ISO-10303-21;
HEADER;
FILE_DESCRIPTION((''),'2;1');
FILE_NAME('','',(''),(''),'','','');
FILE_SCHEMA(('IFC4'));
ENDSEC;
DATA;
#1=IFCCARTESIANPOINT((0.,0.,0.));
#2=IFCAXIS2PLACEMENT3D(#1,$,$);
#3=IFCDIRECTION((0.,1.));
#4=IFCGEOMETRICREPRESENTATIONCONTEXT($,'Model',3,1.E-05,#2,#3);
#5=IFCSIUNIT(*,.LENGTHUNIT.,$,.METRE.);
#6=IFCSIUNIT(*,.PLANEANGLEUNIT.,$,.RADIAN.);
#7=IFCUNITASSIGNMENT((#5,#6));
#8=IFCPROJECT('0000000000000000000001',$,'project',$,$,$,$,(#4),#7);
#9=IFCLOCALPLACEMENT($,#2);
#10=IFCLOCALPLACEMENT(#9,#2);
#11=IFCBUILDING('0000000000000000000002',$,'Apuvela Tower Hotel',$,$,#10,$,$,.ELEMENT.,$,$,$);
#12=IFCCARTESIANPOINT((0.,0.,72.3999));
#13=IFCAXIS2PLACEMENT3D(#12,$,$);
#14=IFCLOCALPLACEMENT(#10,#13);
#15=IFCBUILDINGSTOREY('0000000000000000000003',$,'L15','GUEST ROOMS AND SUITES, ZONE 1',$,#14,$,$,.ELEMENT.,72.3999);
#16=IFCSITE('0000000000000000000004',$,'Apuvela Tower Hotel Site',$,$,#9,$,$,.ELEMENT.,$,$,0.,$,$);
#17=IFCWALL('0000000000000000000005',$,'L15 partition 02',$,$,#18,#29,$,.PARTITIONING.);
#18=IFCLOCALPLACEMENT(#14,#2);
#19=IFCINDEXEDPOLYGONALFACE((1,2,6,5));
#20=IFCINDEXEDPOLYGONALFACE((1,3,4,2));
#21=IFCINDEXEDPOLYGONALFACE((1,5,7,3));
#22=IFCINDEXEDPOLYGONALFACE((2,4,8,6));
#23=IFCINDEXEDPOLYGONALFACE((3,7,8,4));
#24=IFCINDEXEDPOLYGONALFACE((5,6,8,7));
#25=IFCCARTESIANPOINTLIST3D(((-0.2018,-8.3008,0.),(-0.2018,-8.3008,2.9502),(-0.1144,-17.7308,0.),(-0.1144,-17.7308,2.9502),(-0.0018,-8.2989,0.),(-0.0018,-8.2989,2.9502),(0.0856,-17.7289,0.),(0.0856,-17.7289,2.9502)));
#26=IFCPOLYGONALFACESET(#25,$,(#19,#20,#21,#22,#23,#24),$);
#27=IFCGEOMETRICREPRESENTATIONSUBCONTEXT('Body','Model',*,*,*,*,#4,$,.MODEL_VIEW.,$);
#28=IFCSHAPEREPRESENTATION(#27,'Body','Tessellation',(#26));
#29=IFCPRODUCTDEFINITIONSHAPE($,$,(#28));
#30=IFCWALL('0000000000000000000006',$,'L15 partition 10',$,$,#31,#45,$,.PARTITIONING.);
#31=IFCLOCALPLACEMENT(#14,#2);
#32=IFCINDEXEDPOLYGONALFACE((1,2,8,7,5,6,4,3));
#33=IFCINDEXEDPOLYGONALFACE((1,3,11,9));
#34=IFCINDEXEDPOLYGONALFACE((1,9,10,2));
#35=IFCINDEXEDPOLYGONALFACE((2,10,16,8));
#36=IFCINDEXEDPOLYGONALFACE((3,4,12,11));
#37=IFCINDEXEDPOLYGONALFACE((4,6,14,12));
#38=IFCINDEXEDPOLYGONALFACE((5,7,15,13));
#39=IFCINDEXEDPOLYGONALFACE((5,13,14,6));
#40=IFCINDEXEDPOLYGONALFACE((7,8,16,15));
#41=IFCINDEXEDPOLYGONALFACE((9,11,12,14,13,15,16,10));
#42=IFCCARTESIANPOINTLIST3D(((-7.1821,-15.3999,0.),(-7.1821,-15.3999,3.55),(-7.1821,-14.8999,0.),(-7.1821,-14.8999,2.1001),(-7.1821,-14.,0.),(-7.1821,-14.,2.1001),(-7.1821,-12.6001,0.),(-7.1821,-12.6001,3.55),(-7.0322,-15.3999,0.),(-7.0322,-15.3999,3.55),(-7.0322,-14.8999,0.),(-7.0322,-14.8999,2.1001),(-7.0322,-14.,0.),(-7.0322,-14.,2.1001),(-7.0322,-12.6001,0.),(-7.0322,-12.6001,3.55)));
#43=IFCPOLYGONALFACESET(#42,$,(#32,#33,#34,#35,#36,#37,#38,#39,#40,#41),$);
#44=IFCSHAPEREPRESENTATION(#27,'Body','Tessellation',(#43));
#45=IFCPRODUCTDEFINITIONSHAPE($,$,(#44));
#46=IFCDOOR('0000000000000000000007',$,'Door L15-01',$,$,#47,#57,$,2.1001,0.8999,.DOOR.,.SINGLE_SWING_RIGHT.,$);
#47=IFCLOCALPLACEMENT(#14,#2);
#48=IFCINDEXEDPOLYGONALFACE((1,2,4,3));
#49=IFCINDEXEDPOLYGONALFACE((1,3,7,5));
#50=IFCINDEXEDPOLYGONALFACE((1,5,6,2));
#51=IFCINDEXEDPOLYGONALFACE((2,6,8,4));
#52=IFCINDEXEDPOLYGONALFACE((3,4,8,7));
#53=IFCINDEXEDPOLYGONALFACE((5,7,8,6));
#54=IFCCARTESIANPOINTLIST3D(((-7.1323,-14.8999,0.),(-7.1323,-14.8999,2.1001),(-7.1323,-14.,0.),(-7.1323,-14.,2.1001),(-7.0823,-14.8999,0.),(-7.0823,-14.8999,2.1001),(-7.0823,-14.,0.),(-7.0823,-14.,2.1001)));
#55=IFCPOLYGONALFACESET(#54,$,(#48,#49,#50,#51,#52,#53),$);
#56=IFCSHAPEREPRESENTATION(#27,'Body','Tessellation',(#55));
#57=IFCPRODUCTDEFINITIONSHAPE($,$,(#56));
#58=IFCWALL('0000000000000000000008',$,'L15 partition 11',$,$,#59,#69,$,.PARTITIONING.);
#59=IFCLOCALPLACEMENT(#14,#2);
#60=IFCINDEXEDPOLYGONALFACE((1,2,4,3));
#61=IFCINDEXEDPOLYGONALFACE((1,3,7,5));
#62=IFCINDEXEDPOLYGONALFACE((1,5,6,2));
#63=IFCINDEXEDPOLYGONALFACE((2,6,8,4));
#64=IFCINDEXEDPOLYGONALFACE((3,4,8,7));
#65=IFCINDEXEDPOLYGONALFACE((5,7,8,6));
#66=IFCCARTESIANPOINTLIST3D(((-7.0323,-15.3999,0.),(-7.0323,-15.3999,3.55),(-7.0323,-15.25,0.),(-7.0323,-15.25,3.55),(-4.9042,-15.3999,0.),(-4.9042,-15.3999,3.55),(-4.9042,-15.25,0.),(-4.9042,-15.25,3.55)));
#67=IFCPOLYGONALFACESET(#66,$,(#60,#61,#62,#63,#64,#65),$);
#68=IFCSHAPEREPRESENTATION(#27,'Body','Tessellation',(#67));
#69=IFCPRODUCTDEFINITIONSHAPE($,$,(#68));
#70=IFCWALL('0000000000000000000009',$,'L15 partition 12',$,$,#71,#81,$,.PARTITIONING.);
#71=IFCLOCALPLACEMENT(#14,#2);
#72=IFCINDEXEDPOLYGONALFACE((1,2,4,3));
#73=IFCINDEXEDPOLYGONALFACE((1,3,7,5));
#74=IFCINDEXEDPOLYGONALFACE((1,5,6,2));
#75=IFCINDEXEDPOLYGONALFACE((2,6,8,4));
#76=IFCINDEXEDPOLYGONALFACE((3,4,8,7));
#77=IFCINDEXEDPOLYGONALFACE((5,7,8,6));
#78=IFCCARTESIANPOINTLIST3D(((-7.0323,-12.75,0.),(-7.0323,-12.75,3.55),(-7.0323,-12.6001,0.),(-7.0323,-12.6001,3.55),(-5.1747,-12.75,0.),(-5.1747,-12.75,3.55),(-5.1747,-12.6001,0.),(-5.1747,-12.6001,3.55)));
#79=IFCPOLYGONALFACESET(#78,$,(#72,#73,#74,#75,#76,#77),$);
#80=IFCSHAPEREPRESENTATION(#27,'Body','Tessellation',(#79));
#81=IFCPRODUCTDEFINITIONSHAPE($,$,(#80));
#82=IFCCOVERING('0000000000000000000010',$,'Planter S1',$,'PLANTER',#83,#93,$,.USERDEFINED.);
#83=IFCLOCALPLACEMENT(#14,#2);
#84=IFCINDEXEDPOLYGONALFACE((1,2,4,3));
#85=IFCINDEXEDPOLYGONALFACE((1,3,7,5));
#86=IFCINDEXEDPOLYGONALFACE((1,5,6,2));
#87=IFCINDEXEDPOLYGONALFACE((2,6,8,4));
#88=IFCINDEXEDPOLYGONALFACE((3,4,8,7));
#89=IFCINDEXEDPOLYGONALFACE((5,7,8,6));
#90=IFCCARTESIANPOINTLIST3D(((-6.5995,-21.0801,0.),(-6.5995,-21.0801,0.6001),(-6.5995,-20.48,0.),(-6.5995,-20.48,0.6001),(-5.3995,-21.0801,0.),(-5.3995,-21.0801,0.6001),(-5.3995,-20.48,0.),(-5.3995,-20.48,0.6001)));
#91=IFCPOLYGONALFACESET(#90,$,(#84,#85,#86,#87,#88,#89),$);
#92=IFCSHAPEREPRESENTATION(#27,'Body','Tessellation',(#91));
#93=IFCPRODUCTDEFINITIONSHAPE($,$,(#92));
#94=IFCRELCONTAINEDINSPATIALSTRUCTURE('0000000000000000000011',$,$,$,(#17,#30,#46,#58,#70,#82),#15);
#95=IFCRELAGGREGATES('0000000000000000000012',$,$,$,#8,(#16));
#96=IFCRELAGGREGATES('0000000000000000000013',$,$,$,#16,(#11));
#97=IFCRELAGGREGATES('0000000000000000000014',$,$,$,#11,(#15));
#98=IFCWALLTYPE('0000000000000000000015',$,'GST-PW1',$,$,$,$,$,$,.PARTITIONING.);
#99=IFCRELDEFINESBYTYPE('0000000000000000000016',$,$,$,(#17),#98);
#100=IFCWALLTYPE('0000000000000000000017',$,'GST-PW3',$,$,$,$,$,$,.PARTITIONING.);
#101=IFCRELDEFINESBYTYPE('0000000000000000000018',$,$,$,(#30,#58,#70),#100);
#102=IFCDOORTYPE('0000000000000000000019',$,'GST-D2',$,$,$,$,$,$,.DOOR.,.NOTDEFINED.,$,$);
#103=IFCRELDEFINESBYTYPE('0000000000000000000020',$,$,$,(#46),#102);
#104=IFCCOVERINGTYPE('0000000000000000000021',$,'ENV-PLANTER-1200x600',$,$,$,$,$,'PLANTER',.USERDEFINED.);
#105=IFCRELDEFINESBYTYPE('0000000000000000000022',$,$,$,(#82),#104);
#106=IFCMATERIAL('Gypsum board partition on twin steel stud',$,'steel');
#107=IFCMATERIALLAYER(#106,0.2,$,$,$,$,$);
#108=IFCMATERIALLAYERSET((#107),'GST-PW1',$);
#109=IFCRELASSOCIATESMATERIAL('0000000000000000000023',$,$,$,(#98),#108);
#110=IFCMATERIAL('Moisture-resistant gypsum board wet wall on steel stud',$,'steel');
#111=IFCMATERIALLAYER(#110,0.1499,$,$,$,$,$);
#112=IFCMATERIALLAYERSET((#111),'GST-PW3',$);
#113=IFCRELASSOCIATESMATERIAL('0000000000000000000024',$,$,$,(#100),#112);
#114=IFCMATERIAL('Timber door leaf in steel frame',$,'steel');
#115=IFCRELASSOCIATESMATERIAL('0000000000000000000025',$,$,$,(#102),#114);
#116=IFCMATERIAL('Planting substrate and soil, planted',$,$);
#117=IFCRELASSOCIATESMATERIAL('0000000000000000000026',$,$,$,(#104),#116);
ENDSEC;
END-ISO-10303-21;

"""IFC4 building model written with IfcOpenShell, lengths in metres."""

from ifc_helpers import new_model, si_unit, direction, frame, frame_2d, origin, origin_2d, place, context, subcontext, project, spatial, rectangle, extrude, material, layer, layer_set, type_object, element, fill, save


model = new_model("IFC4")

# Units and contexts
model_context = context("Model", 3, precision=1e-05, world=origin(), true_north=direction((0.0, 1.0)))
body_context = subcontext(model_context, "Body", "Model", "MODEL_VIEW")
ifc_project = project(units=[si_unit("LENGTHUNIT", "METRE"), si_unit("PLANEANGLEUNIT", "RADIAN")], contexts=[model_context])

# Site, building, storey
site_placement = place(None, origin())
site = spatial("IfcSite", under=ifc_project, at=site_placement, Name="Apuvela Tower Hotel Site", CompositionType="ELEMENT", RefElevation=0.0)
building_placement = place(site_placement, origin())
building = spatial("IfcBuilding", under=site, at=building_placement, Name="Apuvela Tower Hotel", CompositionType="ELEMENT")
storey_placement = place(building_placement, frame((0.0, 0.0, 72.3999)))
storey = spatial("IfcBuildingStorey", under=building, at=storey_placement, Name="L15", Description="GUEST ROOMS AND SUITES, ZONE 1", CompositionType="ELEMENT", Elevation=72.3999)

# Wall
ifc_material_1 = material(Name="Gypsum board partition on twin steel stud", Category="steel")
ifc_layer_1 = layer(ifc_material_1, 0.2)
ifc_layer_set_1 = layer_set([ifc_layer_1], Name="GST-PW1")
wall_type_1 = type_object("IfcWallType", Name="GST-PW1", PredefinedType="PARTITIONING", material=ifc_layer_set_1)
wall_1_placement = place(storey_placement, frame((-0.0144, -17.73, 0.0), z_axis=(0.0, 0.0, 1.0), x_axis=(-0.009268, 0.999957, 0.0)))
element("IfcWall", 1, at=wall_1_placement, inside=storey, type_object=wall_type_1, Name="L15 partition 02", PredefinedType="PARTITIONING", context=body_context, shape_type="SweptSolid", body=[
    extrude(rectangle(XDim=9.4304, YDim=0.2, at=frame_2d((4.7153, 0.0))), origin(), (0.0, 0.0, 1.0), 2.9502),
])

# Wall, opening, door
ifc_material_2 = material(Name="Moisture-resistant gypsum board wet wall on steel stud", Category="steel")
ifc_layer_2 = layer(ifc_material_2, 0.1499)
ifc_layer_set_2 = layer_set([ifc_layer_2], Name="GST-PW3")
wall_type_2 = type_object("IfcWallType", Name="GST-PW3", PredefinedType="PARTITIONING", material=ifc_layer_set_2)
wall_2_placement = place(storey_placement, frame((-7.1072, -12.6001, 0.0), z_axis=(0.0, 0.0, 1.0), x_axis=(0.0, -1.0, 0.0)))
wall_2 = element("IfcWall", 2, at=wall_2_placement, inside=storey, type_object=wall_type_2, Name="L15 partition 10", PredefinedType="PARTITIONING", context=body_context, shape_type="SweptSolid", body=[
    extrude(rectangle(XDim=2.7998, YDim=0.1499, at=frame_2d((1.3999, 0.0))), origin(), (0.0, 0.0, 1.0), 3.55),
])
opening_1_placement = place(wall_2_placement, frame((1.3999, 0.0, 0.0)))
opening_1 = element("IfcOpeningElement", 3, at=opening_1_placement, cuts=wall_2, PredefinedType="OPENING", context=body_context, shape_type="SweptSolid", body=[
    extrude(rectangle(XDim=0.8999, YDim=2.1001, at=frame_2d((0.45, 1.05))), frame((0.0, 0.085, 0.0), z_axis=(0.0, -1.0, 0.0), x_axis=(1.0, 0.0, 0.0)), (0.0, 0.0, 1.0), 0.1699),
])
ifc_material_3 = material(Name="Timber door leaf in steel frame", Category="steel")
door_type_1 = type_object("IfcDoorType", Name="GST-D2", OperationType="NOTDEFINED", PredefinedType="DOOR", material=ifc_material_3)
door_1_placement = place(opening_1_placement, origin())
door_1 = element("IfcDoor", 4, at=door_1_placement, inside=storey, type_object=door_type_1, Name="Door L15-01", OperationType="SINGLE_SWING_RIGHT", OverallHeight=2.1001, OverallWidth=0.8999, PredefinedType="DOOR", context=body_context, shape_type="SweptSolid", body=[
    extrude(rectangle(XDim=0.8999, YDim=2.1001, at=frame_2d((0.45, 1.05))), frame((0.0, 0.0249, 0.0), z_axis=(0.0, -1.0, 0.0), x_axis=(1.0, 0.0, 0.0)), (0.0, 0.0, 1.0), 0.05),
])
fill(opening_1, door_1)

# Walls
wall_3_placement = place(storey_placement, frame((-7.0322, -15.325, 0.0), z_axis=(0.0, 0.0, 1.0), x_axis=(1.0, 0.0, 0.0)))
element("IfcWall", 5, at=wall_3_placement, inside=storey, type_object=wall_type_2, Name="L15 partition 11", PredefinedType="PARTITIONING", context=body_context, shape_type="SweptSolid", body=[
    extrude(rectangle(XDim=2.1282, YDim=0.1499, at=frame_2d((1.064, 0.0))), origin(), (0.0, 0.0, 1.0), 3.55),
])
wall_4_placement = place(storey_placement, frame((-7.0322, -12.675, 0.0), z_axis=(0.0, 0.0, 1.0), x_axis=(1.0, 0.0, 0.0)))
element("IfcWall", 6, at=wall_4_placement, inside=storey, type_object=wall_type_2, Name="L15 partition 12", PredefinedType="PARTITIONING", context=body_context, shape_type="SweptSolid", body=[
    extrude(rectangle(XDim=1.8577, YDim=0.1499, at=frame_2d((0.9287, 0.0))), origin(), (0.0, 0.0, 1.0), 3.55),
])

# Covering
ifc_material_4 = material(Name="Planting substrate and soil, planted")
covering_type = type_object("IfcCoveringType", Name="ENV-PLANTER-1200x600", ElementType="PLANTER", PredefinedType="USERDEFINED", material=ifc_material_4)
covering_placement = place(storey_placement, frame((-5.9995, -20.78, 0.0), z_axis=(0.0, 0.0, 1.0), x_axis=(1.0, 0.0, 0.0)))
element("IfcCovering", 7, at=covering_placement, inside=storey, type_object=covering_type, Name="Planter S1", ObjectType="PLANTER", PredefinedType="USERDEFINED", context=body_context, shape_type="SweptSolid", body=[
    extrude(rectangle(XDim=1.2, YDim=0.6001, at=origin_2d()), origin(), (0.0, 0.0, 1.0), 0.6001),
])

save(model, "model.ifc")
